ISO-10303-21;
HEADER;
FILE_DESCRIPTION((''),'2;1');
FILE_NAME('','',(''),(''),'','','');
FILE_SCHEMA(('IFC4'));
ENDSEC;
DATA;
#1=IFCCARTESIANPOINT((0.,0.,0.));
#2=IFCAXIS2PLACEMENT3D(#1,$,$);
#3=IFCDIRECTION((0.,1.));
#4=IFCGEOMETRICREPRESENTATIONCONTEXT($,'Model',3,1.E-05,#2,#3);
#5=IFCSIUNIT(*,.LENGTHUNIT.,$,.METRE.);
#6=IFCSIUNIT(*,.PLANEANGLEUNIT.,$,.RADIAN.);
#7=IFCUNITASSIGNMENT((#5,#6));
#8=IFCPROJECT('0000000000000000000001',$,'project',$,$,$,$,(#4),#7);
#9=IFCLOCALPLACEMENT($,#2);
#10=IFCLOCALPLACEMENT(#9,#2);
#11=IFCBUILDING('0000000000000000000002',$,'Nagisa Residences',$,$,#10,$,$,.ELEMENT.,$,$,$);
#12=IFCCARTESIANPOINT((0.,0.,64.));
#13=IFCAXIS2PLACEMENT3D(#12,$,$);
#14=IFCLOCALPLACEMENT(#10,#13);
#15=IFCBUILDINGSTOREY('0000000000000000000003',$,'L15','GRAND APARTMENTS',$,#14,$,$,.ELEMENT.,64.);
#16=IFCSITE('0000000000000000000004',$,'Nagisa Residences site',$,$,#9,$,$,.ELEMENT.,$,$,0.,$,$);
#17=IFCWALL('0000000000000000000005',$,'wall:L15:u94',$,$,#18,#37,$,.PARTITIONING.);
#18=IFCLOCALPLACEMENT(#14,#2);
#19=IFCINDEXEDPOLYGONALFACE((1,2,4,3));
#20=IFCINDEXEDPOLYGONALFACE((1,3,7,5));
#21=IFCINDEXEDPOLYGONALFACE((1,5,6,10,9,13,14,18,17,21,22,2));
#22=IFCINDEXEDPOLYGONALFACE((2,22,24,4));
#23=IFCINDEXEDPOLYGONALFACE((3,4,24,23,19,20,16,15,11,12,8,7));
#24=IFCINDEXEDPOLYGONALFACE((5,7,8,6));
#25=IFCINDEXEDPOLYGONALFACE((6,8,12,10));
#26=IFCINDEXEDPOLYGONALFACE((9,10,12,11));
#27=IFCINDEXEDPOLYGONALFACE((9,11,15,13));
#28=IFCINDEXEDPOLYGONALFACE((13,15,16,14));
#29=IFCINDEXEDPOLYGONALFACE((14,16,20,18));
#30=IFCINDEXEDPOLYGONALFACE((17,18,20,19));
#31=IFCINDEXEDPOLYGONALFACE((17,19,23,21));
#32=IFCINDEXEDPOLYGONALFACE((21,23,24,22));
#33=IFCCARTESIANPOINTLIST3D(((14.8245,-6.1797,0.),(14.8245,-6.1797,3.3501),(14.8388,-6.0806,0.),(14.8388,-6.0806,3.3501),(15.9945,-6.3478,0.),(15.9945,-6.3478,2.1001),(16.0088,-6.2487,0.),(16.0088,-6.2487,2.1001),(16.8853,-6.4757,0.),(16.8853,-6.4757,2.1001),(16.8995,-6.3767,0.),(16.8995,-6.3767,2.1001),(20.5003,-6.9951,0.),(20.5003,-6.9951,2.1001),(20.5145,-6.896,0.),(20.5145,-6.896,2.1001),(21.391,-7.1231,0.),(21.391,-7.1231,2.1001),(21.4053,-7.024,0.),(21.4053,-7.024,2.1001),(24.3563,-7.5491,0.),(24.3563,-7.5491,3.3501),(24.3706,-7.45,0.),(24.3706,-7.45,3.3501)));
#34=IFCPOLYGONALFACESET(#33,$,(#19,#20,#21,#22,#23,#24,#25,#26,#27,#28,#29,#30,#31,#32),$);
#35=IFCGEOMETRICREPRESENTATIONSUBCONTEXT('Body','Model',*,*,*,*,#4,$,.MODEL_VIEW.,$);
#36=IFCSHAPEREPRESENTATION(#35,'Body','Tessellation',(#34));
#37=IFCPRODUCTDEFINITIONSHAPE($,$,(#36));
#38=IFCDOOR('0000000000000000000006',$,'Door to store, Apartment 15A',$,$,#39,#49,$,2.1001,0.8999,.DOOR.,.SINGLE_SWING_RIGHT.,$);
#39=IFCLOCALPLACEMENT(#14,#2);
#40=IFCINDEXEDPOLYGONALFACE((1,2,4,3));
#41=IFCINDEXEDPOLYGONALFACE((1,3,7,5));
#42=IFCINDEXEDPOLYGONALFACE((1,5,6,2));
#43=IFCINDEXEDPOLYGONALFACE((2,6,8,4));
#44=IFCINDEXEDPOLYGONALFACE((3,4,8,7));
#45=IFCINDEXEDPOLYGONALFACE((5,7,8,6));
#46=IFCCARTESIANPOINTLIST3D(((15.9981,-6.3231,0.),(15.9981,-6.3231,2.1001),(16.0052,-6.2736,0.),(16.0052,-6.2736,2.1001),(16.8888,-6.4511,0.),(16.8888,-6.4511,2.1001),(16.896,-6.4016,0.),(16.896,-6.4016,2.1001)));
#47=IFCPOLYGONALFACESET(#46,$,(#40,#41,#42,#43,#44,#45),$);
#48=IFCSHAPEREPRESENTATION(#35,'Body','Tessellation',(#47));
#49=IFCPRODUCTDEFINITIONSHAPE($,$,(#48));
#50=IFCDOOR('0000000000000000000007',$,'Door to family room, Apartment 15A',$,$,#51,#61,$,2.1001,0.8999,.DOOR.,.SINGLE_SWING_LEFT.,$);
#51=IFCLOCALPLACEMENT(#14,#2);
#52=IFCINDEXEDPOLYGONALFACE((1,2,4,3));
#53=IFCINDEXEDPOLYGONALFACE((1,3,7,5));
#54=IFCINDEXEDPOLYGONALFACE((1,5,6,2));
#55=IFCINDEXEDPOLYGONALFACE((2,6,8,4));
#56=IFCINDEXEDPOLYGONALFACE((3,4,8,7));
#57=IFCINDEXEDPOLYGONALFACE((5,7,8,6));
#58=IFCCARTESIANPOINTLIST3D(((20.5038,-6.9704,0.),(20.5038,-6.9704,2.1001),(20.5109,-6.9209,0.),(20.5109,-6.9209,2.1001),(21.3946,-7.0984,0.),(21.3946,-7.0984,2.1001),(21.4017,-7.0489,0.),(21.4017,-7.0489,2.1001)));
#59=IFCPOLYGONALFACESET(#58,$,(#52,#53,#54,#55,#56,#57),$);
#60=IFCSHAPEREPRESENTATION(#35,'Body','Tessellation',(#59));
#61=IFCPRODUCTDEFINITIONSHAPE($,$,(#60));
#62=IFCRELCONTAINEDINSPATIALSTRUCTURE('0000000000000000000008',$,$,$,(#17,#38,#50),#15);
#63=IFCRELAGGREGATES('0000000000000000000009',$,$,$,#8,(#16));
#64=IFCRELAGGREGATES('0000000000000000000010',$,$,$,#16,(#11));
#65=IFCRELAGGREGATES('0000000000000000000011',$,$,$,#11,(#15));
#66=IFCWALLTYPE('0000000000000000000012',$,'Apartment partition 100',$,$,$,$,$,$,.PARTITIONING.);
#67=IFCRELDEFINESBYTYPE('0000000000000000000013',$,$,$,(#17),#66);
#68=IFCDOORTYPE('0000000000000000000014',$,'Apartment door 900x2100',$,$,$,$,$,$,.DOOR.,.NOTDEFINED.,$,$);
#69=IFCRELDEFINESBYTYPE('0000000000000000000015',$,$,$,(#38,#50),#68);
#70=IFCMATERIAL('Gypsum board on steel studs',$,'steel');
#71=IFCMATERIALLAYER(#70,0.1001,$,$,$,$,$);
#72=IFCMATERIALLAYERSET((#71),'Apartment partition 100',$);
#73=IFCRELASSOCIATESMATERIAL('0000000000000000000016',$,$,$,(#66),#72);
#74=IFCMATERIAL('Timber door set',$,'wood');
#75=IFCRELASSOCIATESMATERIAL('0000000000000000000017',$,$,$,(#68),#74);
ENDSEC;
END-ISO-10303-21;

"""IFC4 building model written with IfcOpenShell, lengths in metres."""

from ifc_helpers import new_model, si_unit, direction, frame, frame_2d, origin, place, context, subcontext, project, spatial, rectangle, extrude, material, layer, layer_set, type_object, element, fill, save


model = new_model("IFC4")

# Units and contexts
model_context = context("Model", 3, precision=1e-05, world=origin(), true_north=direction((0.0, 1.0)))
body_context = subcontext(model_context, "Body", "Model", "MODEL_VIEW")
ifc_project = project(units=[si_unit("LENGTHUNIT", "METRE"), si_unit("PLANEANGLEUNIT", "RADIAN")], contexts=[model_context])

# Site, building, storey
site_placement = place(None, origin())
site = spatial("IfcSite", under=ifc_project, at=site_placement, Name="Nagisa Residences site", CompositionType="ELEMENT", RefElevation=0.0)
building_placement = place(site_placement, origin())
building = spatial("IfcBuilding", under=site, at=building_placement, Name="Nagisa Residences", CompositionType="ELEMENT")
storey_placement = place(building_placement, frame((0.0, 0.0, 64.0)))
storey = spatial("IfcBuildingStorey", under=building, at=storey_placement, Name="L15", Description="GRAND APARTMENTS", CompositionType="ELEMENT", Elevation=64.0)

# Shared definitions
ifc_material_1 = material(Name="Gypsum board on steel studs", Category="steel")
ifc_layer_1 = layer(ifc_material_1, 0.1001)
ifc_layer_set_1 = layer_set([ifc_layer_1], Name="Apartment partition 100")
wall_type_1 = type_object("IfcWallType", Name="Apartment partition 100", PredefinedType="PARTITIONING", material=ifc_layer_set_1)

# Shared definitions
ifc_material_2 = material(Name="Timber door set", Category="wood")
door_type_1 = type_object("IfcDoorType", Name="Apartment door 900x2100", OperationType="NOTDEFINED", PredefinedType="DOOR", material=ifc_material_2)

# Wall, openings, doors
wall_1_placement = place(storey_placement, frame((14.8315, -6.1301, 0.0), z_axis=(0.0, 0.0, 1.0), x_axis=(0.989837, -0.142206, 0.0)))
wall_1 = element("IfcWall", 1, at=wall_1_placement, inside=storey, type_object=wall_type_1, Name="wall:L15:u94", PredefinedType="PARTITIONING", context=body_context, shape_type="SweptSolid", body=[
    extrude(rectangle(XDim=9.6296, YDim=0.1001, at=frame_2d((4.8149, 0.0))), origin(), (0.0, 0.0, 1.0), 3.3501),
])
opening_1_placement = place(wall_1_placement, frame((1.1821, 0.0, 0.0)))
opening_1 = element("IfcOpeningElement", 2, at=opening_1_placement, cuts=wall_1, PredefinedType="OPENING", context=body_context, shape_type="SweptSolid", body=[
    extrude(rectangle(XDim=0.8999, YDim=2.1001, at=frame_2d((0.45, 1.05))), frame((0.0, 0.0601, 0.0), z_axis=(0.0, -1.0, 0.0), x_axis=(1.0, 0.0, 0.0)), (0.0, 0.0, 1.0), 0.1201),
])
opening_2_placement = place(wall_1_placement, frame((5.7341, 0.0, 0.0)))
opening_2 = element("IfcOpeningElement", 3, at=opening_2_placement, cuts=wall_1, PredefinedType="OPENING", context=body_context, shape_type="SweptSolid", body=[
    extrude(rectangle(XDim=0.8999, YDim=2.1001, at=frame_2d((0.45, 1.05))), frame((0.0, 0.0601, 0.0), z_axis=(0.0, -1.0, 0.0), x_axis=(1.0, 0.0, 0.0)), (0.0, 0.0, 1.0), 0.1201),
])
door_1_placement = place(opening_1_placement, origin())
door_1 = element("IfcDoor", 4, at=door_1_placement, inside=storey, type_object=door_type_1, Name="Door to store, Apartment 15A", OperationType="SINGLE_SWING_RIGHT", OverallHeight=2.1001, OverallWidth=0.8999, PredefinedType="DOOR", context=body_context, shape_type="SweptSolid", body=[
    extrude(rectangle(XDim=0.8999, YDim=2.1001, at=frame_2d((0.45, 1.05))), frame((0.0, 0.0249, 0.0), z_axis=(0.0, -1.0, 0.0), x_axis=(1.0, 0.0, 0.0)), (0.0, 0.0, 1.0), 0.05),
])
fill(opening_1, door_1)
door_2_placement = place(opening_2_placement, origin())
door_2 = element("IfcDoor", 5, at=door_2_placement, inside=storey, type_object=door_type_1, Name="Door to family room, Apartment 15A", OperationType="SINGLE_SWING_LEFT", OverallHeight=2.1001, OverallWidth=0.8999, PredefinedType="DOOR", context=body_context, shape_type="SweptSolid", body=[
    extrude(rectangle(XDim=0.8999, YDim=2.1001, at=frame_2d((0.45, 1.05))), frame((0.0, 0.0249, 0.0), z_axis=(0.0, -1.0, 0.0), x_axis=(1.0, 0.0, 0.0)), (0.0, 0.0, 1.0), 0.05),
])
fill(opening_2, door_2)

save(model, "model.ifc")
